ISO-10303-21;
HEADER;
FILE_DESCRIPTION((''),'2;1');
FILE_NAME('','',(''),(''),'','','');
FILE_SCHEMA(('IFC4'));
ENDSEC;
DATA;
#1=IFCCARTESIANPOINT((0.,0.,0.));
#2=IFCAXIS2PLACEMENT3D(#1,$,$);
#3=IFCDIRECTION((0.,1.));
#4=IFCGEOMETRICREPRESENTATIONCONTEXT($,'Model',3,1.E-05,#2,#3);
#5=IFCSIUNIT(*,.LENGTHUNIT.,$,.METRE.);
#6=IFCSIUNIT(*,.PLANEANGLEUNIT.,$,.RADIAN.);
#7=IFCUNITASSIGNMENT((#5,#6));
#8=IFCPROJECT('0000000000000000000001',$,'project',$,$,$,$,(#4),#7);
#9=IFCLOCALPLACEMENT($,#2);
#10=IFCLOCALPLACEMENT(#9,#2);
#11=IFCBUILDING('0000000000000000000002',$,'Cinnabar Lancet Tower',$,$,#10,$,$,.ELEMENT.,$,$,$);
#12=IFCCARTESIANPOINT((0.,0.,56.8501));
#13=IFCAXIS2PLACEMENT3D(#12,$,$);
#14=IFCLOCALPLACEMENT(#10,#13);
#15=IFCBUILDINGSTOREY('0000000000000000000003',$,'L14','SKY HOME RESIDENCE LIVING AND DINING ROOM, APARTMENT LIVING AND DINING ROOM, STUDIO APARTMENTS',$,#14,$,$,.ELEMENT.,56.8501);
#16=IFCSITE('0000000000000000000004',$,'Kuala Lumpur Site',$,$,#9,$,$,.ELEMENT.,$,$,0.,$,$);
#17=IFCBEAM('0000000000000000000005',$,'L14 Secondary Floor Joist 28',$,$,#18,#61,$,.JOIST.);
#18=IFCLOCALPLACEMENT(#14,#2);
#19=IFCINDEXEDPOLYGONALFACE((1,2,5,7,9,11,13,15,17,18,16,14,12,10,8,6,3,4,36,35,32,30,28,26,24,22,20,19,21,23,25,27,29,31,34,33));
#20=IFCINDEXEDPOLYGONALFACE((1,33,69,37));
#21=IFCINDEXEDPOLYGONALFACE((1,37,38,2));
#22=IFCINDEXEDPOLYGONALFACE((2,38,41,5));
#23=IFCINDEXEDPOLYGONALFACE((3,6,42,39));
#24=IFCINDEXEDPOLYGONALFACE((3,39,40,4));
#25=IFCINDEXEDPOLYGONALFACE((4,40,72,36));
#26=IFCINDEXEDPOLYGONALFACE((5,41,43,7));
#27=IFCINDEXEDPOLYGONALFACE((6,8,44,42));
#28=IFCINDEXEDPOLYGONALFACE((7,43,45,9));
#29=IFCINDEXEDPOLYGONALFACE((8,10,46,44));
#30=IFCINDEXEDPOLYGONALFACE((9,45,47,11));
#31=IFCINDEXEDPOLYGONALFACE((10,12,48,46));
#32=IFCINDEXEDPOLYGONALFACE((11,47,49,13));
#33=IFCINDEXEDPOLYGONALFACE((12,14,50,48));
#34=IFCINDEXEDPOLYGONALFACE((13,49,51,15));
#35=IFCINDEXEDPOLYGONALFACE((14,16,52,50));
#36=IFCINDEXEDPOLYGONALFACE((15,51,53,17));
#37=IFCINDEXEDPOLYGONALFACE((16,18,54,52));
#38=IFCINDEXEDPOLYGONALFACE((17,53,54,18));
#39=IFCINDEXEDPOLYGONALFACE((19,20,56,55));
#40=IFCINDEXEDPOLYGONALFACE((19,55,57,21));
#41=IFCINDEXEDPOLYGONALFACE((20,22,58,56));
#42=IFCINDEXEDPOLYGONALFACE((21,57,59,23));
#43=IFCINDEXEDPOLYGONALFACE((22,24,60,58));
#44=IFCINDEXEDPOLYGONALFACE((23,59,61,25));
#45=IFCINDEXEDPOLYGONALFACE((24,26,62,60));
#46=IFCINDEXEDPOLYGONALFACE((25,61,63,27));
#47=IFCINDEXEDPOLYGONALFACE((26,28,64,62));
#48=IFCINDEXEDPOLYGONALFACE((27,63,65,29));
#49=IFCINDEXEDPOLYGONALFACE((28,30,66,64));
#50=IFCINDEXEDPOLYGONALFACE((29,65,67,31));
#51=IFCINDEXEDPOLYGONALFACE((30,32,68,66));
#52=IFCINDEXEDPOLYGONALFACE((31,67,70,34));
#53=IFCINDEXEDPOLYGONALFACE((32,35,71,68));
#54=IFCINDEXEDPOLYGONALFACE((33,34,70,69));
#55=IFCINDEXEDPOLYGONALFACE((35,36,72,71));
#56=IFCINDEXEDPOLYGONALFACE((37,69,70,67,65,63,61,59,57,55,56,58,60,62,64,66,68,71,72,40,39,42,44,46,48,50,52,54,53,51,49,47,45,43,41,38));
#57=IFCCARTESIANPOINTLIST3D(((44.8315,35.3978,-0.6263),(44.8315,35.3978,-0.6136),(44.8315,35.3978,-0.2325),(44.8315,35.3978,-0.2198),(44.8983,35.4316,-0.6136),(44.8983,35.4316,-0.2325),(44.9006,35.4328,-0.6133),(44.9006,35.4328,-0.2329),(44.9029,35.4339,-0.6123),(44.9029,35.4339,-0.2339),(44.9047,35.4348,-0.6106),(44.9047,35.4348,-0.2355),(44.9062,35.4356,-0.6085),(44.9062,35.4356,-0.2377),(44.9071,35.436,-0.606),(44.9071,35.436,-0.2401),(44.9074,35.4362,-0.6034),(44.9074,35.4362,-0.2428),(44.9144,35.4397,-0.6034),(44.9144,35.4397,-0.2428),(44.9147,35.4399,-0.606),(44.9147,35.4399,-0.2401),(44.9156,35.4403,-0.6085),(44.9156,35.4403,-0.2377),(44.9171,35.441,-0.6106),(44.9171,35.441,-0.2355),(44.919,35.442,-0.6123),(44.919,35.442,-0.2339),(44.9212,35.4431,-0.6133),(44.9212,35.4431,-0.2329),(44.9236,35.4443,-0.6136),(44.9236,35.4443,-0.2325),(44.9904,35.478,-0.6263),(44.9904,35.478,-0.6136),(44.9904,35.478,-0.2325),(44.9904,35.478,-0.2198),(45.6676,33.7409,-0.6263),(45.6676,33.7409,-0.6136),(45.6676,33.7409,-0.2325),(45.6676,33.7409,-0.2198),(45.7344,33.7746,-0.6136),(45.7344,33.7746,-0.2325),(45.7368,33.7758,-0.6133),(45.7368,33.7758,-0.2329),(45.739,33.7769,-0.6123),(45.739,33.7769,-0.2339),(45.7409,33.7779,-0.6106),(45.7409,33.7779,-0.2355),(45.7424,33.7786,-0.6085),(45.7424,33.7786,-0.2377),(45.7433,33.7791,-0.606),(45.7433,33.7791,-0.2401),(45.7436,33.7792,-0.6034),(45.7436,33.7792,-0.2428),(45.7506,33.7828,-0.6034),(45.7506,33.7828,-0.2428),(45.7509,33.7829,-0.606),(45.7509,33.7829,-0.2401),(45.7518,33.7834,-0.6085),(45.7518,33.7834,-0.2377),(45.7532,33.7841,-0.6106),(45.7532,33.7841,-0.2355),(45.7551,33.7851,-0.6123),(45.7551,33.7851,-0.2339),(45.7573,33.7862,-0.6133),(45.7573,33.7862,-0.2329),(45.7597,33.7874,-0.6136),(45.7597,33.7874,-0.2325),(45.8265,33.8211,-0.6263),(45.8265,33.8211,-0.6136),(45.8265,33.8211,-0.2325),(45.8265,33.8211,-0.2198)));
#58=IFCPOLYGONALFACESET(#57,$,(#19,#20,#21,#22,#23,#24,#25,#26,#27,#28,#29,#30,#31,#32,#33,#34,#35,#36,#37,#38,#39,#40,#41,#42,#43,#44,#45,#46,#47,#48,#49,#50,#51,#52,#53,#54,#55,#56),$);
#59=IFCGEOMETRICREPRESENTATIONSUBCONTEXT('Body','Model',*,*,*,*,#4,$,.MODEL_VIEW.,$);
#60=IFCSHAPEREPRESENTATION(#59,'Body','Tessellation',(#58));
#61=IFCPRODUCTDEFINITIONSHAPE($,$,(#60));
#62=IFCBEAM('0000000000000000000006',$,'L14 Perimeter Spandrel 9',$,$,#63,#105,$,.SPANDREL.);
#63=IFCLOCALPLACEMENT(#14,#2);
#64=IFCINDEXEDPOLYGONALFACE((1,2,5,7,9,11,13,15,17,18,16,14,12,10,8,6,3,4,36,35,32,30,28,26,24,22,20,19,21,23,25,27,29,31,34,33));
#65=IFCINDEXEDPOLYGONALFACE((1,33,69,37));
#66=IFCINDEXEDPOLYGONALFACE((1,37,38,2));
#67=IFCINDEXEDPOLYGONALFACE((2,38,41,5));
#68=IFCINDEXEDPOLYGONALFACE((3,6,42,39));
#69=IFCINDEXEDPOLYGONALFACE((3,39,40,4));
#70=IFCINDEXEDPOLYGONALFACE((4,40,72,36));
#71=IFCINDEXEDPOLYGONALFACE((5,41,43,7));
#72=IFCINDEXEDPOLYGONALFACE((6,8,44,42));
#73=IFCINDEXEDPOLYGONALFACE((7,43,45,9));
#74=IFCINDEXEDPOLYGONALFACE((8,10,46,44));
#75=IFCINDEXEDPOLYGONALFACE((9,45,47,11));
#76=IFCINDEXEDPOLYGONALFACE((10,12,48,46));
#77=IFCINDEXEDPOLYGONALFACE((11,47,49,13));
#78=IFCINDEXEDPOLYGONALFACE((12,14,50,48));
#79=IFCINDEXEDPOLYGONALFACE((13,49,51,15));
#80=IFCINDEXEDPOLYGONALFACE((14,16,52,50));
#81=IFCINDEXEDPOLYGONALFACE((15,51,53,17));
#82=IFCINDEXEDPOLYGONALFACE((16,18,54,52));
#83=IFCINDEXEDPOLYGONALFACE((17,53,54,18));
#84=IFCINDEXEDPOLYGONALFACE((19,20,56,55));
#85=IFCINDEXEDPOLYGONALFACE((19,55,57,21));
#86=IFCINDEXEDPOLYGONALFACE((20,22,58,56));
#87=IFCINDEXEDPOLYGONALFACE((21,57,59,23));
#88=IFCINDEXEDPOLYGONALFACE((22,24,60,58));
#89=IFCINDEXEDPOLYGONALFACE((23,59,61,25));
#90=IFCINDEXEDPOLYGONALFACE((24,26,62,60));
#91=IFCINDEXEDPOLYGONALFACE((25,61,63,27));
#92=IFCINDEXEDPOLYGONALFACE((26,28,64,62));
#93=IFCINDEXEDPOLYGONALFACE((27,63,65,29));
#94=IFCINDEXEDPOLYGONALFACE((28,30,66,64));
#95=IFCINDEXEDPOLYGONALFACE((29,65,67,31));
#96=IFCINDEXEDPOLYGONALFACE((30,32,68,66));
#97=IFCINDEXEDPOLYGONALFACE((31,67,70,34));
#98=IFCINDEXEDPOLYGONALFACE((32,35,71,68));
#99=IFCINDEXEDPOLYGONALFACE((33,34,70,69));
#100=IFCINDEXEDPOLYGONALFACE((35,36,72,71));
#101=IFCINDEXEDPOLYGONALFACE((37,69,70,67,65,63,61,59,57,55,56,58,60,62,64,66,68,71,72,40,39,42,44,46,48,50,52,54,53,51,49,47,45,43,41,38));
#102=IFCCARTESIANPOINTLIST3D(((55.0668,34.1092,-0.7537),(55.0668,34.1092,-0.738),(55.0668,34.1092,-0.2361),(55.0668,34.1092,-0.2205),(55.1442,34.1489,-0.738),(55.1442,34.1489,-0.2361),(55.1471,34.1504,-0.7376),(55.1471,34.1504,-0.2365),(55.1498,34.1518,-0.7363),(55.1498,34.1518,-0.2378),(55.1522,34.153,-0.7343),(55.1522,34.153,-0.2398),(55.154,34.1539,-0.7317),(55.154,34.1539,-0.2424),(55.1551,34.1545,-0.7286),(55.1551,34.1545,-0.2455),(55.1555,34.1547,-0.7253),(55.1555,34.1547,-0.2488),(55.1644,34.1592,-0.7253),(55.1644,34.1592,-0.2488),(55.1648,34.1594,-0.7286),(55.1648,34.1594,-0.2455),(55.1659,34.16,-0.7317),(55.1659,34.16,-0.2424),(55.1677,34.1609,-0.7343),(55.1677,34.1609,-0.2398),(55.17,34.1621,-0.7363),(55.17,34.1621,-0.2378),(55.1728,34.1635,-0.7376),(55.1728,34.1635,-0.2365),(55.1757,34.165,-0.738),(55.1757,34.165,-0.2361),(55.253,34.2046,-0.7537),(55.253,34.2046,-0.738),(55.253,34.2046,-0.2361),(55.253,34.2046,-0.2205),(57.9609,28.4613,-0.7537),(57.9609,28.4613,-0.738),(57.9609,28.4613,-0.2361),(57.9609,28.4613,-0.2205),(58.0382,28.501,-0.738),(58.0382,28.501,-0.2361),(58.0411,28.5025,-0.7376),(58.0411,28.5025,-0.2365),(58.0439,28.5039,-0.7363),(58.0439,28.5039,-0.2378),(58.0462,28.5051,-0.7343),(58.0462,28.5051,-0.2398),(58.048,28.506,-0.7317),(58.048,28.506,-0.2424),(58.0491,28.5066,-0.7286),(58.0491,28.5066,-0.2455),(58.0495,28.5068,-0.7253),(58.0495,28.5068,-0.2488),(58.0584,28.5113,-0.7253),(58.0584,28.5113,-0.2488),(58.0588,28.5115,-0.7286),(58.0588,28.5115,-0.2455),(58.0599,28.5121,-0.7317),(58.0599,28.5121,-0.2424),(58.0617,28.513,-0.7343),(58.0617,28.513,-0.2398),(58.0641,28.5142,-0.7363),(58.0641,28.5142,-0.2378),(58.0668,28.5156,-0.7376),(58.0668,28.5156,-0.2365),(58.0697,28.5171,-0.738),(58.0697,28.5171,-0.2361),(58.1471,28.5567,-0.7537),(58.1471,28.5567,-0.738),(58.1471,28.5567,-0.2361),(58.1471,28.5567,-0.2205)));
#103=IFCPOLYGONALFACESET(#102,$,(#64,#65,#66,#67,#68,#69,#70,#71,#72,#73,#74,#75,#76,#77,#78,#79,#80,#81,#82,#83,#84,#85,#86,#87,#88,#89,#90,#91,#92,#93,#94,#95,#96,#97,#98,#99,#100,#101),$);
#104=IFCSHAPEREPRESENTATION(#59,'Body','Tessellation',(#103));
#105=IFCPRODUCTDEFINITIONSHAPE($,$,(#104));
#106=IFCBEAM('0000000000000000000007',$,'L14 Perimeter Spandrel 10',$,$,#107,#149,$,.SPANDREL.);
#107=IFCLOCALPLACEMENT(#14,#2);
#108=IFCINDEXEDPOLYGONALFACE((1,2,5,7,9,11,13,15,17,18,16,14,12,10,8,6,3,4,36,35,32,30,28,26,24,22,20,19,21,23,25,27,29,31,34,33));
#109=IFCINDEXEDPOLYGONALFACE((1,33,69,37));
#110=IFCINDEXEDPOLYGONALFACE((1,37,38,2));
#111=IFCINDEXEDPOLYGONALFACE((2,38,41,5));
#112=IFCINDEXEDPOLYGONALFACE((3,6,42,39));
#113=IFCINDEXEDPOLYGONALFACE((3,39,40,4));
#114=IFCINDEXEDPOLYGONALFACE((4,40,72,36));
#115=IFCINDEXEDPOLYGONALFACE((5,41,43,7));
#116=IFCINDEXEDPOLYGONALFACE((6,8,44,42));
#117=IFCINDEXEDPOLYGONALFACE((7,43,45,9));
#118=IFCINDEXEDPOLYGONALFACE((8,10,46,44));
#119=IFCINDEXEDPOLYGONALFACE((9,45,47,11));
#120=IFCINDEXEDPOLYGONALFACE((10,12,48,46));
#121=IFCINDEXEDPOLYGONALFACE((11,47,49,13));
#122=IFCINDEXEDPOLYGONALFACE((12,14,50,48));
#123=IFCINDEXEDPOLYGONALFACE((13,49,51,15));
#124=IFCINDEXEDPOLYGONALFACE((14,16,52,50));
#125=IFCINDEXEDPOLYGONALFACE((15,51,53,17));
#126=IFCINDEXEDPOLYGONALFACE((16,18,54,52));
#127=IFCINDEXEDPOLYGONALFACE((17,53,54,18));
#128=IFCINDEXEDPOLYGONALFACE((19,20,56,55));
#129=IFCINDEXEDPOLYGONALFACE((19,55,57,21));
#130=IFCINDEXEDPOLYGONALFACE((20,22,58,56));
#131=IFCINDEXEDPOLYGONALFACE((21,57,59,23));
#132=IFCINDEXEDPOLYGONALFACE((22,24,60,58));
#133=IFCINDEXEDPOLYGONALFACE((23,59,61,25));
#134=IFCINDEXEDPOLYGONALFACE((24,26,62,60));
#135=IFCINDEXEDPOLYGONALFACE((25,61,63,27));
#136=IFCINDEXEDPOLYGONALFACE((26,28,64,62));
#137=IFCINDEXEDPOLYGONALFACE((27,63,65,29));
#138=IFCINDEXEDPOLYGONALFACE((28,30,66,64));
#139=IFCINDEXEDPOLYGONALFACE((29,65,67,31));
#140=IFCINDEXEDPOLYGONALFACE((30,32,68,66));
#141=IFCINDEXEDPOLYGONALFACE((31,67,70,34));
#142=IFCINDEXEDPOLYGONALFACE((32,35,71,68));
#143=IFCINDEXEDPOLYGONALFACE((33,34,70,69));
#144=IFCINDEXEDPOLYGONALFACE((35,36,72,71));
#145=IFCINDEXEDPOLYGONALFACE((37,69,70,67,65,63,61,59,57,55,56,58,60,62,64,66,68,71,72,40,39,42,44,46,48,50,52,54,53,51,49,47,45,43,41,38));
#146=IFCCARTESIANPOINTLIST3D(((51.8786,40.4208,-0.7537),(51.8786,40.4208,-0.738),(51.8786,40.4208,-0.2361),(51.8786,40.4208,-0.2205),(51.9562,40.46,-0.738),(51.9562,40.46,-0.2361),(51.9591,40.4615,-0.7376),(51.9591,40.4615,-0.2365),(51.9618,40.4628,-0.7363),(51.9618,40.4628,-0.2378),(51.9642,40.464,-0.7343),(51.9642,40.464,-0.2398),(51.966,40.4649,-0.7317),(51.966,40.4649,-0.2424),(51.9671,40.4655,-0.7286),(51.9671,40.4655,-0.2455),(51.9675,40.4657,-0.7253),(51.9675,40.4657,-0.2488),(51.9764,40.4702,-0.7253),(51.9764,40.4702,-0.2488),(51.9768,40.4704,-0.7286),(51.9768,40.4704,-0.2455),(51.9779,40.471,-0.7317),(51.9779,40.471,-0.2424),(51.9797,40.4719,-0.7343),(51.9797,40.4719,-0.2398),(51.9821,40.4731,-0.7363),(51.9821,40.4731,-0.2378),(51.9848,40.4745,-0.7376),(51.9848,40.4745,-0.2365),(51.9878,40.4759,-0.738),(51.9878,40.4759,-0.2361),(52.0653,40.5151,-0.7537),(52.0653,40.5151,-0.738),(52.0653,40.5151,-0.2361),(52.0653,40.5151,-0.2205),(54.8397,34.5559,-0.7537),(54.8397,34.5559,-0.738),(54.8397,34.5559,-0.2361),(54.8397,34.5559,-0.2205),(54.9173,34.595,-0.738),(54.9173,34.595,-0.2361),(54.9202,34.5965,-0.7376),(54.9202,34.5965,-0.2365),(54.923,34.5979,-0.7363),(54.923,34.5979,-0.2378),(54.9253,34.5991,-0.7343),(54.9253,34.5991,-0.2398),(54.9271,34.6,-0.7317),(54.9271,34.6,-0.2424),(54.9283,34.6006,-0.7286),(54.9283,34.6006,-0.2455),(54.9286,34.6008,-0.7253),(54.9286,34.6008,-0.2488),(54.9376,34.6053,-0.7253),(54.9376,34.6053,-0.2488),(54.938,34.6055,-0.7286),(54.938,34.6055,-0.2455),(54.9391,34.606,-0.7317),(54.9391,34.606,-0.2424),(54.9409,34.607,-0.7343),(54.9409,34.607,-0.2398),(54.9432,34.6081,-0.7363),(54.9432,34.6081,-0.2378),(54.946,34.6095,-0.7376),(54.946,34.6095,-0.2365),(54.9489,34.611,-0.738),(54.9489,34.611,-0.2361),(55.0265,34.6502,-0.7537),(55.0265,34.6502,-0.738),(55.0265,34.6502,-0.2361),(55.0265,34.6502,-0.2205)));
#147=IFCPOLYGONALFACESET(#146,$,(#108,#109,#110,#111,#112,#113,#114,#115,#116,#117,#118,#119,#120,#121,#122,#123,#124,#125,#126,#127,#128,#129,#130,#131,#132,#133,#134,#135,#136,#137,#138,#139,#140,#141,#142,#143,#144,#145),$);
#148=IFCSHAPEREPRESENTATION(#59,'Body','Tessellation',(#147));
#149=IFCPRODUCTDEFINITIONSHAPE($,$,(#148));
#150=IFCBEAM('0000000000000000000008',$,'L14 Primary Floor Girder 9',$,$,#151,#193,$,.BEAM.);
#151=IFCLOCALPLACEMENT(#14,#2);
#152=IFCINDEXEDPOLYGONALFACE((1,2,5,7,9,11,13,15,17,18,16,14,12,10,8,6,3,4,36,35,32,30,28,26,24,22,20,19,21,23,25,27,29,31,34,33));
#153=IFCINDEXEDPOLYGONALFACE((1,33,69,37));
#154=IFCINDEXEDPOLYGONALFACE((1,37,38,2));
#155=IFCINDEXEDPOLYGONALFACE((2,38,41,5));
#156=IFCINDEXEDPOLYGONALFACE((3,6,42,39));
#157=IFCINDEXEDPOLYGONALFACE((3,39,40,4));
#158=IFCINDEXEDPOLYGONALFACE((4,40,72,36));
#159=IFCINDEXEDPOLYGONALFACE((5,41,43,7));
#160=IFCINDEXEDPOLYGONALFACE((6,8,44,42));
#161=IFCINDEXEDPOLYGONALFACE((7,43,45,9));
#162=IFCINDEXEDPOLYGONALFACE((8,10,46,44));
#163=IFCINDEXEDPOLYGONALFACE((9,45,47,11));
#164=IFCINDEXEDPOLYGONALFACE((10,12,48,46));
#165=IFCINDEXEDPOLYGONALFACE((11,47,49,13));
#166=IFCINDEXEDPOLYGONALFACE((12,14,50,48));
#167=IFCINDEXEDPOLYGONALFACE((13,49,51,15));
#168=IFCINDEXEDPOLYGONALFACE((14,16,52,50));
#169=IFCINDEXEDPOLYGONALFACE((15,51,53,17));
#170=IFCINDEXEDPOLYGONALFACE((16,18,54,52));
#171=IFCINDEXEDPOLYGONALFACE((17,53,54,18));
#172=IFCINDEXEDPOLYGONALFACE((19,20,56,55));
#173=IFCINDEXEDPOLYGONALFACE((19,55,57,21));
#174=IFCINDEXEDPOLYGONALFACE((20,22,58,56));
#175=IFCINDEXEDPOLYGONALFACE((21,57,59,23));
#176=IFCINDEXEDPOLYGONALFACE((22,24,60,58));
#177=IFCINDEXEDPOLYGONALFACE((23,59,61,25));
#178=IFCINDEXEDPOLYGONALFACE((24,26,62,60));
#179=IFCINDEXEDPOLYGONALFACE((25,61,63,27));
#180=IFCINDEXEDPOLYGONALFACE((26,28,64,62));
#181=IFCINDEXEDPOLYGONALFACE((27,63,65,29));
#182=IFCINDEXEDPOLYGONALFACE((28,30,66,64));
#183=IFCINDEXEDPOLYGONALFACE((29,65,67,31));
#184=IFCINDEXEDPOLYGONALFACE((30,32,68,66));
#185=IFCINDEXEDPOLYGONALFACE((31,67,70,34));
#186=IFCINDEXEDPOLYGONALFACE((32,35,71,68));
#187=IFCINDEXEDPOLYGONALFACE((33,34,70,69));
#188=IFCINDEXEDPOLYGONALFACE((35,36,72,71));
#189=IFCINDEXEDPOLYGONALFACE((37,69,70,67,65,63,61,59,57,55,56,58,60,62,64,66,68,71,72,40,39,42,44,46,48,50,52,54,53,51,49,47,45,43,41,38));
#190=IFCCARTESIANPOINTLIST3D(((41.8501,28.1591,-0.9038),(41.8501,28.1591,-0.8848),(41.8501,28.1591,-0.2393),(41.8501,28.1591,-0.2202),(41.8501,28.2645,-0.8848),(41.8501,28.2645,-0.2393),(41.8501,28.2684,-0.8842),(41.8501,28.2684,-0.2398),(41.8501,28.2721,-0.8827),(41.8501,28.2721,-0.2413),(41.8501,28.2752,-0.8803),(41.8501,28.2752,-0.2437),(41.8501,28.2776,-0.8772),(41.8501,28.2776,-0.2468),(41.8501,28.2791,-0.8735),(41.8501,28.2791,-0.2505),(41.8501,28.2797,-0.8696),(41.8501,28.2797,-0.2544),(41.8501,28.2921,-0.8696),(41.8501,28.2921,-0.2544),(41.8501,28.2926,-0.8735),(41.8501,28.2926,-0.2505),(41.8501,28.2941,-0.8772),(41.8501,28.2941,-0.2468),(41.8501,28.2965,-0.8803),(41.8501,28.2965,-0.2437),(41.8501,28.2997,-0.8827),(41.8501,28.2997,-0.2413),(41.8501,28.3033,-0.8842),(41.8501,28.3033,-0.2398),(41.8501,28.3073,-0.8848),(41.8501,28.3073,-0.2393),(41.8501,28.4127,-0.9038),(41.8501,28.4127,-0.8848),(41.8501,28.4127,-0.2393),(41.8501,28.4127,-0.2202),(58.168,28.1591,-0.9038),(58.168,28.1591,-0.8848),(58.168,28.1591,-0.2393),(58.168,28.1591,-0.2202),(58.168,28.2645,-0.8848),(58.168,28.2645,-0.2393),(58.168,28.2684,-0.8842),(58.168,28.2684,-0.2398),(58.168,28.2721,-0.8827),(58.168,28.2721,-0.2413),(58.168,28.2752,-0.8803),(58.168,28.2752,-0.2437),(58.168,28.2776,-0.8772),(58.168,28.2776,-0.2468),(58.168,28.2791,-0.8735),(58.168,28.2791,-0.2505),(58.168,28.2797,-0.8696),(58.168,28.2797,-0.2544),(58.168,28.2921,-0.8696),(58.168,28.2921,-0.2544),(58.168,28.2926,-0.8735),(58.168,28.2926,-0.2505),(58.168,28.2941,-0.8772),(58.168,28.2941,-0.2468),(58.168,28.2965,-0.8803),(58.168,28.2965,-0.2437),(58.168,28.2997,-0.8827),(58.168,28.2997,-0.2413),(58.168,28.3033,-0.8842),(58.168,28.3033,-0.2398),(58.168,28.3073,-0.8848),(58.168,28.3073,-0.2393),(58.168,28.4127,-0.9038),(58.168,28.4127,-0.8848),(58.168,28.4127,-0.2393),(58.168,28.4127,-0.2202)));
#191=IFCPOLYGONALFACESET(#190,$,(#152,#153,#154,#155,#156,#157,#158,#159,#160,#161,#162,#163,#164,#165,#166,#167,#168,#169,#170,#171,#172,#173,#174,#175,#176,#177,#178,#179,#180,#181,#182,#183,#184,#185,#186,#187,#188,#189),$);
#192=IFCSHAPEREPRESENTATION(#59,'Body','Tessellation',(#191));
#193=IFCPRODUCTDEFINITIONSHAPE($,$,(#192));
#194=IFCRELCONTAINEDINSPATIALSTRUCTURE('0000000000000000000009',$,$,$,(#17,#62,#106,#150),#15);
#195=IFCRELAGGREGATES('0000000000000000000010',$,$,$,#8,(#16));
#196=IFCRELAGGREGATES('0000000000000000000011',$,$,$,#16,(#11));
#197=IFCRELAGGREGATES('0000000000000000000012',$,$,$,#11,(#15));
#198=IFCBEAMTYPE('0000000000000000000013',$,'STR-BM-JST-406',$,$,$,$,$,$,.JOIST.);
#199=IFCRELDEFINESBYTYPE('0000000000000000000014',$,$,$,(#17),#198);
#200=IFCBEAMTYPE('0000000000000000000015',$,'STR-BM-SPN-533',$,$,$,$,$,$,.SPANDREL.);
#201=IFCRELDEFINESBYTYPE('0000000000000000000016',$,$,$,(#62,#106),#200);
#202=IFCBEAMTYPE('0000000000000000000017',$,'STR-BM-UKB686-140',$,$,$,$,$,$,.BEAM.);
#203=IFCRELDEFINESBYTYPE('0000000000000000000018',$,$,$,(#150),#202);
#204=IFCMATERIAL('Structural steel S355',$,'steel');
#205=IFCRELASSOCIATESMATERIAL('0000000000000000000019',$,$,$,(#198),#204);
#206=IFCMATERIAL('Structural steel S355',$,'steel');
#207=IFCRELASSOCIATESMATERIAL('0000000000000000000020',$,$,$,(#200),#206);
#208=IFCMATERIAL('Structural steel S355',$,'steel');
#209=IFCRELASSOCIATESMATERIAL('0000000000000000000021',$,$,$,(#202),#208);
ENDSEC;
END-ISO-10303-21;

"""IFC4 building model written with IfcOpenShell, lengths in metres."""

from ifc_helpers import new_model, si_unit, direction, frame, origin, origin_2d, place, context, subcontext, project, spatial, i_section, extrude, material, material_profile, profile_set, type_object, element, save


model = new_model("IFC4")

# Units and contexts
model_context = context("Model", 3, precision=1e-05, world=origin(), true_north=direction((0.0, 1.0)))
body_context = subcontext(model_context, "Body", "Model", "MODEL_VIEW")
ifc_project = project(units=[si_unit("LENGTHUNIT", "METRE"), si_unit("PLANEANGLEUNIT", "RADIAN")], contexts=[model_context])

# Site, building, storey
site_placement = place(None, origin())
site = spatial("IfcSite", under=ifc_project, at=site_placement, Name="Kuala Lumpur Site", CompositionType="ELEMENT", RefElevation=0.0)
building_placement = place(site_placement, origin())
building = spatial("IfcBuilding", under=site, at=building_placement, Name="Cinnabar Lancet Tower", CompositionType="ELEMENT")
storey_placement = place(building_placement, frame((0.0, 0.0, 56.8501)))
storey = spatial("IfcBuildingStorey", under=building, at=storey_placement, Name="L14", Description="SKY HOME RESIDENCE LIVING AND DINING ROOM, APARTMENT LIVING AND DINING ROOM, STUDIO APARTMENTS", CompositionType="ELEMENT", Elevation=56.8501)

# Beams
ifc_material_1 = material(Name="Structural steel S355", Category="steel")
ifc_material_profile_1 = material_profile(ifc_material_1, i_section(OverallWidth=0.178, OverallDepth=0.4065, WebThickness=0.0078, FlangeThickness=0.0127, FilletRadius=0.0103, at=origin_2d()), Name="UKB 406x178x60")
ifc_profile_set_1 = profile_set([ifc_material_profile_1], Name="Structural steel S355")
beam_type_1 = type_object("IfcBeamType", Name="STR-BM-JST-406", PredefinedType="JOIST", material=ifc_profile_set_1)
beam_1_placement = place(storey_placement, frame((45.7471, 33.781, -0.4231), z_axis=(-0.450525, 0.892764, 0.0), x_axis=(-0.892764, -0.450525, 0.0)))
element("IfcBeam", 1, at=beam_1_placement, inside=storey, type_object=beam_type_1, Name="L14 Secondary Floor Joist 28", PredefinedType="JOIST", context=body_context, shape_type="SweptSolid", body=[
    extrude(i_section(OverallWidth=0.178, OverallDepth=0.4065, WebThickness=0.0078, FlangeThickness=0.0127, FilletRadius=0.0103, at=origin_2d()), origin(), (0.0, 0.0, 1.0), 1.856),
])
ifc_material_2 = material(Name="Structural steel S355", Category="steel")
ifc_material_profile_2 = material_profile(ifc_material_2, i_section(OverallWidth=0.2092, OverallDepth=0.5332, WebThickness=0.01, FlangeThickness=0.0156, FilletRadius=0.0127, at=origin_2d()), Name="UKB 533x210x92")
ifc_profile_set_2 = profile_set([ifc_material_profile_2], Name="Structural steel S355")
beam_type_2 = type_object("IfcBeamType", Name="STR-BM-SPN-533", PredefinedType="SPANDREL", material=ifc_profile_set_2)
beam_2_placement = place(storey_placement, frame((58.054, 28.509, -0.4871), z_axis=(-0.456025, 0.889967, 0.0), x_axis=(-0.889967, -0.456025, 0.0)))
element("IfcBeam", 2, at=beam_2_placement, inside=storey, type_object=beam_type_2, Name="L14 Perimeter Spandrel 9", PredefinedType="SPANDREL", context=body_context, shape_type="SweptSolid", body=[
    extrude(i_section(OverallWidth=0.2092, OverallDepth=0.5332, WebThickness=0.01, FlangeThickness=0.0156, FilletRadius=0.0127, at=origin_2d()), origin(), (0.0, 0.0, 1.0), 6.3462),
])
beam_3_placement = place(storey_placement, frame((54.9331, 34.603, -0.4871), z_axis=(-0.450703, 0.892674, 0.0), x_axis=(-0.892674, -0.450703, 0.0)))
element("IfcBeam", 3, at=beam_3_placement, inside=storey, type_object=beam_type_2, Name="L14 Perimeter Spandrel 10", PredefinedType="SPANDREL", context=body_context, shape_type="SweptSolid", body=[
    extrude(i_section(OverallWidth=0.2092, OverallDepth=0.5332, WebThickness=0.01, FlangeThickness=0.0156, FilletRadius=0.0127, at=origin_2d()), origin(), (0.0, 0.0, 1.0), 6.5701),
])
ifc_material_3 = material(Name="Structural steel S355", Category="steel")
ifc_material_profile_3 = material_profile(ifc_material_3, i_section(OverallWidth=0.2537, OverallDepth=0.6836, WebThickness=0.0125, FlangeThickness=0.019, FilletRadius=0.0151, at=origin_2d()), Name="UKB 686x254x140")
ifc_profile_set_3 = profile_set([ifc_material_profile_3], Name="Structural steel S355")
beam_type_3 = type_object("IfcBeamType", Name="STR-BM-UKB686-140", PredefinedType="BEAM", material=ifc_profile_set_3)
beam_4_placement = place(storey_placement, frame((58.168, 28.2859, -0.562), z_axis=(-1.0, 0.0, 0.0), x_axis=(0.0, -1.0, 0.0)))
element("IfcBeam", 4, at=beam_4_placement, inside=storey, type_object=beam_type_3, Name="L14 Primary Floor Girder 9", PredefinedType="BEAM", context=body_context, shape_type="SweptSolid", body=[
    extrude(i_section(OverallWidth=0.2537, OverallDepth=0.6836, WebThickness=0.0125, FlangeThickness=0.019, FilletRadius=0.0151, at=origin_2d()), origin(), (0.0, 0.0, 1.0), 16.3179),
])

save(model, "model.ifc")
